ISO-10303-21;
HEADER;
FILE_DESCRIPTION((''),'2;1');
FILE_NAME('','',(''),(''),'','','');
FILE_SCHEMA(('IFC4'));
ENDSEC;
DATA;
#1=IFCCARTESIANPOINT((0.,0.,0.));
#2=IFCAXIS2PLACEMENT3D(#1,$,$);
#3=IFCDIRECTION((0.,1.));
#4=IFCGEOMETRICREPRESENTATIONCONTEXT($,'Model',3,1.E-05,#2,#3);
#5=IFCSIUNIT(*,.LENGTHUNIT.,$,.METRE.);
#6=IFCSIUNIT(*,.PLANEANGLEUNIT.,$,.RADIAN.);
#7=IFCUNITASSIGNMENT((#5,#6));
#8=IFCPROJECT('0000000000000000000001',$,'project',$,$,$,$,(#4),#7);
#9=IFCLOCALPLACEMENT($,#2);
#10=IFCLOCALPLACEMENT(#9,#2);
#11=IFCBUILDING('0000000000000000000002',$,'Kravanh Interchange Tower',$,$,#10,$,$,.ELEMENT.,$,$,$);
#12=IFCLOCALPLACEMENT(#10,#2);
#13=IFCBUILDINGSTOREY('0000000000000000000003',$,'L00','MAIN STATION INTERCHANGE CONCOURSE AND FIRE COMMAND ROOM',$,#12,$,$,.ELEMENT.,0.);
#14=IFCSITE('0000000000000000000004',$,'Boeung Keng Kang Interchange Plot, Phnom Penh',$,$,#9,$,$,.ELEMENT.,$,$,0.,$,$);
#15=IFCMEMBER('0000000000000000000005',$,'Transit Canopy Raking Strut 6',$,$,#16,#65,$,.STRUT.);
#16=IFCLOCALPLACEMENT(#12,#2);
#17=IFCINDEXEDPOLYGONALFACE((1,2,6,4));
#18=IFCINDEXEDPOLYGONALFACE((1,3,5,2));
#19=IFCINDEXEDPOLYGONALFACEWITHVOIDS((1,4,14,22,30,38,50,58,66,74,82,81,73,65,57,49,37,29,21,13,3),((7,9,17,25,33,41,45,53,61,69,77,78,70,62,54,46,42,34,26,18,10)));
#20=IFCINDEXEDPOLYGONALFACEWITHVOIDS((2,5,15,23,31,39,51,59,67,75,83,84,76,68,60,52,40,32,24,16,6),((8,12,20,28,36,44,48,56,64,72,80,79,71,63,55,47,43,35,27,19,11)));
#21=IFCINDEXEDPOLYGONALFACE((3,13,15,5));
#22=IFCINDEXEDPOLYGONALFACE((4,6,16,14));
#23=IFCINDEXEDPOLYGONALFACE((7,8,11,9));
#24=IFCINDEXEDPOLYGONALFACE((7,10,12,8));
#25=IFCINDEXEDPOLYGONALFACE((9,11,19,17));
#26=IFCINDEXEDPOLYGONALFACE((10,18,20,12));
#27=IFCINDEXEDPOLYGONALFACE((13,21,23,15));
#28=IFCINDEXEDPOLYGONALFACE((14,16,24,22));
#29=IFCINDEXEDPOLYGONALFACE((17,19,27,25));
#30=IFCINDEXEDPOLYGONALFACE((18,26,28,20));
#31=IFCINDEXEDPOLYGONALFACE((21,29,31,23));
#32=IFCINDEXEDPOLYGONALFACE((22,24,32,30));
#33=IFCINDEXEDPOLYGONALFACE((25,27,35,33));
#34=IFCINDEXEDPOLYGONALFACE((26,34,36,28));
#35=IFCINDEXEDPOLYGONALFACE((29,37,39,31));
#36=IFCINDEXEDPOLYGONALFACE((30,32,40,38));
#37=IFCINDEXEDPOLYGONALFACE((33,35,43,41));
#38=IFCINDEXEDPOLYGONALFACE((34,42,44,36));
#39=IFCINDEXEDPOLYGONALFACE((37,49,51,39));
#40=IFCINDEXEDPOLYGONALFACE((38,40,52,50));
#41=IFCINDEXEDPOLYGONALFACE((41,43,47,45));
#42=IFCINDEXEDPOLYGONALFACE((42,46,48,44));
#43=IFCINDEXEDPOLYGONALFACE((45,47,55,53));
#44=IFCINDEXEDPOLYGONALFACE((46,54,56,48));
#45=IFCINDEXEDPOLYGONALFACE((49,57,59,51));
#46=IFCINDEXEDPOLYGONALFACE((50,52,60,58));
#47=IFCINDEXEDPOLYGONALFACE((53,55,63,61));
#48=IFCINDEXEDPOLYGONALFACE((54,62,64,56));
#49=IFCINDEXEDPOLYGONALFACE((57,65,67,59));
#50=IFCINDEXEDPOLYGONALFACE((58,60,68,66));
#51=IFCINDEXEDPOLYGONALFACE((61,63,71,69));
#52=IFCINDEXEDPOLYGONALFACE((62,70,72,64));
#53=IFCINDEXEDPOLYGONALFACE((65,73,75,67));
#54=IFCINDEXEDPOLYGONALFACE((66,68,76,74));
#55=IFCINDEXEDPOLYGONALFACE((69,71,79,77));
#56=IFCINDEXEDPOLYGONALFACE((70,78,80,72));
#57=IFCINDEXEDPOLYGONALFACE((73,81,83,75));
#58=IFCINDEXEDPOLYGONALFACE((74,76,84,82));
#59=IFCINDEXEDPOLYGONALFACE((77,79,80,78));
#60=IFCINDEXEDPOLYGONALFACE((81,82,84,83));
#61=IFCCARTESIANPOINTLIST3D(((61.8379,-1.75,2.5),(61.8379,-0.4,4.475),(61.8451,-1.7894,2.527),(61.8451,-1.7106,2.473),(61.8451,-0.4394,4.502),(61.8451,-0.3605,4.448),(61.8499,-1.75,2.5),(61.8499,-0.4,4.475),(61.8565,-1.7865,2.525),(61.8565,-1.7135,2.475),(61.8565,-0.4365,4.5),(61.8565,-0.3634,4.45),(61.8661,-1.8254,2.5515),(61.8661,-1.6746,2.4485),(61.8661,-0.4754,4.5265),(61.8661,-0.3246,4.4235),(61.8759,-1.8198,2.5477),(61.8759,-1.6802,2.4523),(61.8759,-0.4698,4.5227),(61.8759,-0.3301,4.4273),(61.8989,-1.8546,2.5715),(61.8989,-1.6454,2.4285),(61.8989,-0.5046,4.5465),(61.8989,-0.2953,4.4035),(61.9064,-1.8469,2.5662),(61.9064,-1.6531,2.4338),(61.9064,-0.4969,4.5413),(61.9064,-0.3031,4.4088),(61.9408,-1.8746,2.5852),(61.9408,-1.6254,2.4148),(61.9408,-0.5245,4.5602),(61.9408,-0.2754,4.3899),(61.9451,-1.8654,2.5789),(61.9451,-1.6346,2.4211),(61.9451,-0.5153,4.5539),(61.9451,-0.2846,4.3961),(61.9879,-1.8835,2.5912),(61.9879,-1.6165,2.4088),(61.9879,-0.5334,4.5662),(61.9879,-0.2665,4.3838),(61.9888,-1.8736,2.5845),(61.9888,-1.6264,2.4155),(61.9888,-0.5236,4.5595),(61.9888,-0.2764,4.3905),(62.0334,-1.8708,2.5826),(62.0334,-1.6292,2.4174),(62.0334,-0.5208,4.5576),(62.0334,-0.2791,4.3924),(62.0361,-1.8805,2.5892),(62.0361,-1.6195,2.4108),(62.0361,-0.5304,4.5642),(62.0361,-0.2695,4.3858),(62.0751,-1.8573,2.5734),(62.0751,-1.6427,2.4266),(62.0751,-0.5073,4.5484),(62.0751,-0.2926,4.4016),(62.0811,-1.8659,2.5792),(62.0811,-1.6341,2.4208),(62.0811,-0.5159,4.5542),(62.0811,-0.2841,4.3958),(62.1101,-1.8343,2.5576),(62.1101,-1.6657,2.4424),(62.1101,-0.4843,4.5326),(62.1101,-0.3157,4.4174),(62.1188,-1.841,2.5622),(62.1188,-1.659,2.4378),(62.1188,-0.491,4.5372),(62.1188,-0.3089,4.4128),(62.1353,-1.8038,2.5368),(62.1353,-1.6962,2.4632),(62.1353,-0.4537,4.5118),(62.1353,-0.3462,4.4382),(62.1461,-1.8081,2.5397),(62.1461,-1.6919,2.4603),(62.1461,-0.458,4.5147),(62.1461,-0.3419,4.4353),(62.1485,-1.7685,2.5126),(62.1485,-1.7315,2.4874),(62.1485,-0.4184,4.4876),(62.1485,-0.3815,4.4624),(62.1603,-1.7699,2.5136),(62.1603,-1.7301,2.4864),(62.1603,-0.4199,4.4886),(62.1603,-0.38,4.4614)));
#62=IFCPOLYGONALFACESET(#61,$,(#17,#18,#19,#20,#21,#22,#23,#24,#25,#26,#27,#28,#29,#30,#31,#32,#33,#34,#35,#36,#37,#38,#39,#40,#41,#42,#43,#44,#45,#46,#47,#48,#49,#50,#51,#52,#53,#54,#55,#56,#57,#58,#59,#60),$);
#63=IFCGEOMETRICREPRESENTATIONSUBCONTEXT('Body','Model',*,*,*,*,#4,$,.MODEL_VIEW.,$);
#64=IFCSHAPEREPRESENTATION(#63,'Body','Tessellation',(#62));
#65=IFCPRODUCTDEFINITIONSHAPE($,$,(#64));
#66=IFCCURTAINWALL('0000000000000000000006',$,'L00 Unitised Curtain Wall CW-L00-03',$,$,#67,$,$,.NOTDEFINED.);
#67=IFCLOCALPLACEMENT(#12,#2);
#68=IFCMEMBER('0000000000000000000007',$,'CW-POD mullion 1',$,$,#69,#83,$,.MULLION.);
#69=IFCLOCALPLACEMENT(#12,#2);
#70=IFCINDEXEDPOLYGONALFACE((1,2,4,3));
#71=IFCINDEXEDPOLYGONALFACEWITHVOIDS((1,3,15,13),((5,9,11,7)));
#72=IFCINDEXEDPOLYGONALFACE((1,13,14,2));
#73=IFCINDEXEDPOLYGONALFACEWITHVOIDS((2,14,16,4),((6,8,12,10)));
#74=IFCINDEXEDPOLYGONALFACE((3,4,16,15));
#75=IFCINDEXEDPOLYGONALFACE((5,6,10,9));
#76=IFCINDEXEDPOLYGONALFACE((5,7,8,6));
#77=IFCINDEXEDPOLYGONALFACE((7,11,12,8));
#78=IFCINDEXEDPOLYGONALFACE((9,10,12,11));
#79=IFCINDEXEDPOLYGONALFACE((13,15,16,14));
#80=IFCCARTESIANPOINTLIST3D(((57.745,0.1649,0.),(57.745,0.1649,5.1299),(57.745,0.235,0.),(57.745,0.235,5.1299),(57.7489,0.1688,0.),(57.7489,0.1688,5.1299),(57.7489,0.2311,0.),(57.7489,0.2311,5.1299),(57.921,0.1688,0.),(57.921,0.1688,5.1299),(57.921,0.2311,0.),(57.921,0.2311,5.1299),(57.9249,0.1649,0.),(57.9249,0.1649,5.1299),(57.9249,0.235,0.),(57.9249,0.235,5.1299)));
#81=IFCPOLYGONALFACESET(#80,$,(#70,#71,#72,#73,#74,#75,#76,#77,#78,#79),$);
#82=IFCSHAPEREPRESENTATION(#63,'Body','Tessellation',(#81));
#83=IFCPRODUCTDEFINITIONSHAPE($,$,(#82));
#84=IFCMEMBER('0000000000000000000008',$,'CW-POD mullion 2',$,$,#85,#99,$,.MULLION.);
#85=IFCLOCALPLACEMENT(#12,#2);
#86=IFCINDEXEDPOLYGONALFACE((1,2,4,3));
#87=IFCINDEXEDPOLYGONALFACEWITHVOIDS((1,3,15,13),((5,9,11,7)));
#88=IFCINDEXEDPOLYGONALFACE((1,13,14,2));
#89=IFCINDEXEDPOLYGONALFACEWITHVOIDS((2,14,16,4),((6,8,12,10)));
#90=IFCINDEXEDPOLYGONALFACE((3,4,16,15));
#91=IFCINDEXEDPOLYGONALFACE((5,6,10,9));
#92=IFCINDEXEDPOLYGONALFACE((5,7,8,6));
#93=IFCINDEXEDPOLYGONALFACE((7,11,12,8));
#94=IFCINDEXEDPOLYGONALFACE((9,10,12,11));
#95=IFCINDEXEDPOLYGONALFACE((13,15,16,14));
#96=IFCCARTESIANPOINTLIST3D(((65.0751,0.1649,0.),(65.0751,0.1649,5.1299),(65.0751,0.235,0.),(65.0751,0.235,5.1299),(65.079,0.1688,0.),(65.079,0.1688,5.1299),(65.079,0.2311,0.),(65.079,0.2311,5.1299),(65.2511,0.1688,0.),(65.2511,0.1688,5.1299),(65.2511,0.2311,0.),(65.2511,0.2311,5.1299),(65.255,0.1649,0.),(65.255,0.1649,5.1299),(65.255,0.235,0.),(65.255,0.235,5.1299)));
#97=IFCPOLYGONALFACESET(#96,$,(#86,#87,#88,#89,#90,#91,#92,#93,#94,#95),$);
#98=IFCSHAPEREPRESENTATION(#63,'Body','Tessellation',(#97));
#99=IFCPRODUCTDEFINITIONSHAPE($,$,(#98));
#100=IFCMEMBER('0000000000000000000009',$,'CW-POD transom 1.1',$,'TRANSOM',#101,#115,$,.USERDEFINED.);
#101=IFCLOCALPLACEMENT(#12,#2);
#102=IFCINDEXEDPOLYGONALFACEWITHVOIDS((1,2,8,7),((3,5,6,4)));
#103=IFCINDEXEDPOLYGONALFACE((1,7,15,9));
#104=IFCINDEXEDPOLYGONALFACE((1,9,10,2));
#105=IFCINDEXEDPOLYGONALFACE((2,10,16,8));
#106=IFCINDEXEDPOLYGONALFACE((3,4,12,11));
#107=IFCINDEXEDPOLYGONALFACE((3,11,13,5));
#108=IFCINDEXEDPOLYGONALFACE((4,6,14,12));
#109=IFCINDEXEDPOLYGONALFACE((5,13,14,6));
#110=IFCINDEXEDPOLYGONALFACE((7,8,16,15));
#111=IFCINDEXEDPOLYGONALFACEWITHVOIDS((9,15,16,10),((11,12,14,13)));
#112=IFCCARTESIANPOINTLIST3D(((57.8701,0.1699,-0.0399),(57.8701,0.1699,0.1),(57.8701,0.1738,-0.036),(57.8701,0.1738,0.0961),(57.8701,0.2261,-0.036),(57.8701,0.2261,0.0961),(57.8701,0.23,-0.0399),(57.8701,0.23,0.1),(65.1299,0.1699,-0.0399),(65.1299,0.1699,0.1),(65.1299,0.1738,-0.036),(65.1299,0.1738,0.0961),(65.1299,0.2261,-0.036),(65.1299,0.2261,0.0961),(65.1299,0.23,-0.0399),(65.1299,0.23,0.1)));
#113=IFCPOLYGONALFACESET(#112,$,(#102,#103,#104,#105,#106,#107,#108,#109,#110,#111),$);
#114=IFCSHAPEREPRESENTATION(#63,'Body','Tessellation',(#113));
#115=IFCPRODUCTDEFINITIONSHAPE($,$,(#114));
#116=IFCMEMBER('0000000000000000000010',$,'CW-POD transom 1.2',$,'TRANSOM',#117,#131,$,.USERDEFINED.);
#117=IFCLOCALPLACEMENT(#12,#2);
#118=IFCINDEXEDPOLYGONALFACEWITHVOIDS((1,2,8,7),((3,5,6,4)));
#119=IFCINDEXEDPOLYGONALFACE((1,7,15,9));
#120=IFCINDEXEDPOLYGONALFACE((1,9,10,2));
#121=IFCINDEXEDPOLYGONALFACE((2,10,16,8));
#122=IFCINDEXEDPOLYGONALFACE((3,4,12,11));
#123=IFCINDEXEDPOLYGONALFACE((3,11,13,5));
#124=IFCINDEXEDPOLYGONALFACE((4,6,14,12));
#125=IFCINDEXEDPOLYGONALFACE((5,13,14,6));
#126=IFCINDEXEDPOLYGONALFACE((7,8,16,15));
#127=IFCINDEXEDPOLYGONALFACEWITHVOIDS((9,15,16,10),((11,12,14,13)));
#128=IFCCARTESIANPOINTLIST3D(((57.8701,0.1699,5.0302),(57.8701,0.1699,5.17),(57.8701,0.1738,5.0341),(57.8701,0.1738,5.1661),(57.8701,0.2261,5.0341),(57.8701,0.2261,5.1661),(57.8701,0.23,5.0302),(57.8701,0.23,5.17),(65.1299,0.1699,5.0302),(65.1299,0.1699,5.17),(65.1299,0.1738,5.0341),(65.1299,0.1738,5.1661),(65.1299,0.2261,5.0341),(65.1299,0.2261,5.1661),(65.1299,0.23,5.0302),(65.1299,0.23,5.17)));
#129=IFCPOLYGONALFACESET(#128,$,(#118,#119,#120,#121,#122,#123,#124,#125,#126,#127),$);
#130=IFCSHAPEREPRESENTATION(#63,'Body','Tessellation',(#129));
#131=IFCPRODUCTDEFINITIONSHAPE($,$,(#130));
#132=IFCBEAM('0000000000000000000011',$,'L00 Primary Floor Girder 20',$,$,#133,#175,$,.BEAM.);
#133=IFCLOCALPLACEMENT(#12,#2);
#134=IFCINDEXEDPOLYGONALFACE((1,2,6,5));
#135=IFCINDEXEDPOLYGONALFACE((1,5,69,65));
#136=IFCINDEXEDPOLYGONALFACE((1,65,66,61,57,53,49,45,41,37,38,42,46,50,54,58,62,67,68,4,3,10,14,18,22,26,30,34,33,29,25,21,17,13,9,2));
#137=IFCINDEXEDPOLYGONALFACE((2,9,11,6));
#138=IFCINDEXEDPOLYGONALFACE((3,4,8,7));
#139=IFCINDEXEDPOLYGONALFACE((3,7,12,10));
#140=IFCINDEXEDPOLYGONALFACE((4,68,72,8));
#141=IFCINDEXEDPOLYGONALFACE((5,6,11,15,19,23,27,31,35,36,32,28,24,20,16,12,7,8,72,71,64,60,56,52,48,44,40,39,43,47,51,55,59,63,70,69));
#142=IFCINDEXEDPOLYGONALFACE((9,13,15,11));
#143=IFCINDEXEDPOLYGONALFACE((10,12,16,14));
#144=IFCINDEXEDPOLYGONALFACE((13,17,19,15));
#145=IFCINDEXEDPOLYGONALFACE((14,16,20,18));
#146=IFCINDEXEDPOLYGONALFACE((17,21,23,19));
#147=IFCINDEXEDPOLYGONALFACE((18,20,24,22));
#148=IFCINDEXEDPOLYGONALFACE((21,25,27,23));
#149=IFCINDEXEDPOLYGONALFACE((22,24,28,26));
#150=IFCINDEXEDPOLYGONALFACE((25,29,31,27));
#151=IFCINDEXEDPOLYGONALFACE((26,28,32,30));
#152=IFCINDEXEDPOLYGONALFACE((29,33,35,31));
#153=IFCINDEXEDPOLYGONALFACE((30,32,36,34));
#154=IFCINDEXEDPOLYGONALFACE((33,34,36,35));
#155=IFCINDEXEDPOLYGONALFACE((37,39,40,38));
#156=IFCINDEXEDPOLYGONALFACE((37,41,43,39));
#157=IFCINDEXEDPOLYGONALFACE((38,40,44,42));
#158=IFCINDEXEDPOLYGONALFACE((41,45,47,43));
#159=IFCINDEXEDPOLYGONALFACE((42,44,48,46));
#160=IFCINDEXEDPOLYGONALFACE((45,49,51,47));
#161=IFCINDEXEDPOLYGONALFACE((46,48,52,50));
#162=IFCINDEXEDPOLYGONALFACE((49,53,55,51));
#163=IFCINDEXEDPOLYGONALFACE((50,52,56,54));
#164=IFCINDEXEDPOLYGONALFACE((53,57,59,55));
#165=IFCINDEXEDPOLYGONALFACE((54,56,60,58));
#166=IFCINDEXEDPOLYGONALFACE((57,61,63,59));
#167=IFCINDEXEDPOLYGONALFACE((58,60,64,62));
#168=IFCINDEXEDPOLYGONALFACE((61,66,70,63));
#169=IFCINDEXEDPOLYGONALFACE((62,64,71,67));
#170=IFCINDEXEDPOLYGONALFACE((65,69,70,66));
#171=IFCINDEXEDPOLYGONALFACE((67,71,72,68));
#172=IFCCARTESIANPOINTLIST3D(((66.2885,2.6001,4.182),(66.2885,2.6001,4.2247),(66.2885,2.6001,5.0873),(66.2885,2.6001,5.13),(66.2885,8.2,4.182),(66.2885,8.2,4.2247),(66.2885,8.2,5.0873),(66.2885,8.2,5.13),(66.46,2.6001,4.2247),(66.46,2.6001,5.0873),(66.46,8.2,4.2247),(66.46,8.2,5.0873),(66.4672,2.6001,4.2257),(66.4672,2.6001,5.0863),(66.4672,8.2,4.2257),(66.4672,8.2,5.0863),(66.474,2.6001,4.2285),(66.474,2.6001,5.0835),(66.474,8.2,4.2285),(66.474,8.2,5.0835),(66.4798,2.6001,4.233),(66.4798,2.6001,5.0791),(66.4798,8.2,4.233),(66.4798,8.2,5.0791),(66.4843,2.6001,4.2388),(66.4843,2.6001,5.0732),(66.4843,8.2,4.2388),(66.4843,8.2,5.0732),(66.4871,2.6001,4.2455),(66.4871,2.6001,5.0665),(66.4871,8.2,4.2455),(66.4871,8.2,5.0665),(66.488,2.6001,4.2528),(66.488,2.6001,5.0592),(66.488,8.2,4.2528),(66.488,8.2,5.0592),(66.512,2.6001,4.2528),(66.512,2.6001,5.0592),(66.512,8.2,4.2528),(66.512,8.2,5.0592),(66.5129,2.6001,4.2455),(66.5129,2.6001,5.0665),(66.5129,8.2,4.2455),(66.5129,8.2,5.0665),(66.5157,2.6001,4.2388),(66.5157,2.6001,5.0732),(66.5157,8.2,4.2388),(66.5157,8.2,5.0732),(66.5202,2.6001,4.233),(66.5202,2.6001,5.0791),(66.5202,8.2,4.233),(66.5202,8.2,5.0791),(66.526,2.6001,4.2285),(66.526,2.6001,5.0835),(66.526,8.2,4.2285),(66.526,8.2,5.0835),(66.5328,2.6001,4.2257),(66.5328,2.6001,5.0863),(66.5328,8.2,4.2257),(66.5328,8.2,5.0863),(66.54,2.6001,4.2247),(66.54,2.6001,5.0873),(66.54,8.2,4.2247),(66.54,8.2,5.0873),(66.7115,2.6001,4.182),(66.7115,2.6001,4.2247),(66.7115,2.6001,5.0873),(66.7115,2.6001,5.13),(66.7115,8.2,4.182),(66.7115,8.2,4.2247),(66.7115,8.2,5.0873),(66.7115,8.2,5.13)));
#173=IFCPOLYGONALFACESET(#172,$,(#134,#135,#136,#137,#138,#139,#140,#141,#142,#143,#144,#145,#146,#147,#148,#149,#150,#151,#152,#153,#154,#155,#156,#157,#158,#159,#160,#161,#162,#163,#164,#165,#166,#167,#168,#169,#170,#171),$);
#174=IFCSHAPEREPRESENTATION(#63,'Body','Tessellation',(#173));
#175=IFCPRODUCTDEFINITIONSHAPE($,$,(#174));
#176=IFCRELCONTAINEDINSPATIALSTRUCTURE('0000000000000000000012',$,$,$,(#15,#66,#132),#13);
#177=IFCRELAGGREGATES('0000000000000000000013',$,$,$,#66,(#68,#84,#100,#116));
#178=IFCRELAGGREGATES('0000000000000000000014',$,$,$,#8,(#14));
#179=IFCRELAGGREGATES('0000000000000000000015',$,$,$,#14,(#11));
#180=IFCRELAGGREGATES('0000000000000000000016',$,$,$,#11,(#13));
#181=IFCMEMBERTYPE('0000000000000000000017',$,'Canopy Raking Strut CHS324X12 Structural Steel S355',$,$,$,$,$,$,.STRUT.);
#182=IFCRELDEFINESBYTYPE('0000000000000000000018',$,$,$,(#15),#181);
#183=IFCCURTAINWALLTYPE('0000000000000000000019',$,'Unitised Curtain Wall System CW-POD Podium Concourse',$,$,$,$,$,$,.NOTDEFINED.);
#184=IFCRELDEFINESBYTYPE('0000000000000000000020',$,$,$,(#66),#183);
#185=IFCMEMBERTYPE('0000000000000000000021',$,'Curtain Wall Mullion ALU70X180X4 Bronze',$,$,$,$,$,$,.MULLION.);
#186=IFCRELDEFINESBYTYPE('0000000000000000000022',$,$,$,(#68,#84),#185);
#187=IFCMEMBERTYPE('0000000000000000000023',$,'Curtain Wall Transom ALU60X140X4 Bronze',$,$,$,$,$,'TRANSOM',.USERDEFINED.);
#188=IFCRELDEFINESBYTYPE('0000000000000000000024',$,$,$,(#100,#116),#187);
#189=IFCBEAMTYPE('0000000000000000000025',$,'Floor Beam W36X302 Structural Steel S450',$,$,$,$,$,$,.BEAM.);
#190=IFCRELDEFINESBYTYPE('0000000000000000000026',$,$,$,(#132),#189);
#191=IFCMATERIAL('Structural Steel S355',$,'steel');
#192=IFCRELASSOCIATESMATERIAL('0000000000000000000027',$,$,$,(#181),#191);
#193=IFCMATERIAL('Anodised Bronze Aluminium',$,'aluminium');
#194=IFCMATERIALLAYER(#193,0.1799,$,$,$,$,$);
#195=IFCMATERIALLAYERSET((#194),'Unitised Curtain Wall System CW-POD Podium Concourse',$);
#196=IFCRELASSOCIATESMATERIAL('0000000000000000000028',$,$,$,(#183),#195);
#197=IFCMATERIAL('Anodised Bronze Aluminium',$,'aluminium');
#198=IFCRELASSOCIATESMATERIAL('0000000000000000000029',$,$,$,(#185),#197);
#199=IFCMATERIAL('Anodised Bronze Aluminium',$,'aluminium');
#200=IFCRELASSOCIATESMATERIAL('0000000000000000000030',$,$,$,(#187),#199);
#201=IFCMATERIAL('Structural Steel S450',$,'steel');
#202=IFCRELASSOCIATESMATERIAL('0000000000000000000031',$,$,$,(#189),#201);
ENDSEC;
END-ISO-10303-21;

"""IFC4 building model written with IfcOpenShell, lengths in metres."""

from ifc_helpers import new_model, si_unit, direction, frame, origin, origin_2d, place, context, subcontext, project, spatial, hollow_rectangle, hollow_circle, i_section, extrude, material, layer, layer_set, material_profile, profile_set, type_object, element, aggregate, save


model = new_model("IFC4")

# Units and contexts
model_context = context("Model", 3, precision=1e-05, world=origin(), true_north=direction((0.0, 1.0)))
body_context = subcontext(model_context, "Body", "Model", "MODEL_VIEW")
ifc_project = project(units=[si_unit("LENGTHUNIT", "METRE"), si_unit("PLANEANGLEUNIT", "RADIAN")], contexts=[model_context])

# Site, building, storey
site_placement = place(None, origin())
site = spatial("IfcSite", under=ifc_project, at=site_placement, Name="Boeung Keng Kang Interchange Plot, Phnom Penh", CompositionType="ELEMENT", RefElevation=0.0)
building_placement = place(site_placement, origin())
building = spatial("IfcBuilding", under=site, at=building_placement, Name="Kravanh Interchange Tower", CompositionType="ELEMENT")
storey_placement = place(building_placement, origin())
storey = spatial("IfcBuildingStorey", under=building, at=storey_placement, Name="L00", Description="MAIN STATION INTERCHANGE CONCOURSE AND FIRE COMMAND ROOM", CompositionType="ELEMENT", Elevation=0.0)

# Member
ifc_material_1 = material(Name="Structural Steel S355", Category="steel")
ifc_material_profile_1 = material_profile(ifc_material_1, hollow_circle(Radius=0.1621, WallThickness=0.012, at=origin_2d()), Name="CHS324X12")
ifc_profile_set_1 = profile_set([ifc_material_profile_1], Name="Structural Steel S355")
member_type_1 = type_object("IfcMemberType", Name="Canopy Raking Strut CHS324X12 Structural Steel S355", PredefinedType="STRUT", material=ifc_profile_set_1)
member_1_placement = place(storey_placement, frame((62.0, -1.75, 2.5), z_axis=(0.0, 0.564318, 0.825557), x_axis=(-1.0, 0.0, 0.0)))
element("IfcMember", 1, at=member_1_placement, inside=storey, type_object=member_type_1, Name="Transit Canopy Raking Strut 6", PredefinedType="STRUT", context=body_context, shape_type="SweptSolid", body=[
    extrude(hollow_circle(Radius=0.1621, WallThickness=0.012, at=origin_2d()), origin(), (0.0, 0.0, 1.0), 2.3923),
])

# Curtain wall, members
ifc_material_2 = material(Name="Anodised Bronze Aluminium", Category="aluminium")
ifc_layer_1 = layer(ifc_material_2, 0.1799)
ifc_layer_set_1 = layer_set([ifc_layer_1], Name="Unitised Curtain Wall System CW-POD Podium Concourse")
curtain_wall_type = type_object("IfcCurtainWallType", Name="Unitised Curtain Wall System CW-POD Podium Concourse", PredefinedType="NOTDEFINED", material=ifc_layer_set_1)
curtain_wall_placement = place(storey_placement, origin())
curtain_wall = element("IfcCurtainWall", 2, at=curtain_wall_placement, inside=storey, type_object=curtain_wall_type, Name="L00 Unitised Curtain Wall CW-L00-03", PredefinedType="NOTDEFINED")
ifc_material_3 = material(Name="Anodised Bronze Aluminium", Category="aluminium")
ifc_material_profile_2 = material_profile(ifc_material_3, hollow_rectangle(XDim=0.0701, YDim=0.1799, WallThickness=0.0039, at=origin_2d()), Name="ALU70X180X4")
ifc_profile_set_2 = profile_set([ifc_material_profile_2], Name="Anodised Bronze Aluminium")
member_type_2 = type_object("IfcMemberType", Name="Curtain Wall Mullion ALU70X180X4 Bronze", PredefinedType="MULLION", material=ifc_profile_set_2)
member_2_placement = place(storey_placement, frame((57.835, 0.2, 0.0), z_axis=(0.0, 0.0, 1.0), x_axis=(0.0, 1.0, 0.0)))
member_2 = element("IfcMember", 3, at=member_2_placement, type_object=member_type_2, Name="CW-POD mullion 1", PredefinedType="MULLION", context=body_context, shape_type="SweptSolid", body=[
    extrude(hollow_rectangle(XDim=0.0701, YDim=0.1799, WallThickness=0.0039, at=origin_2d()), origin(), (0.0, 0.0, 1.0), 5.1299),
])
member_3_placement = place(storey_placement, frame((65.165, 0.2, 0.0), z_axis=(0.0, 0.0, 1.0), x_axis=(0.0, 1.0, 0.0)))
member_3 = element("IfcMember", 4, at=member_3_placement, type_object=member_type_2, Name="CW-POD mullion 2", PredefinedType="MULLION", context=body_context, shape_type="SweptSolid", body=[
    extrude(hollow_rectangle(XDim=0.0701, YDim=0.1799, WallThickness=0.0039, at=origin_2d()), origin(), (0.0, 0.0, 1.0), 5.1299),
])
ifc_material_4 = material(Name="Anodised Bronze Aluminium", Category="aluminium")
ifc_material_profile_3 = material_profile(ifc_material_4, hollow_rectangle(XDim=0.0601, YDim=0.1399, WallThickness=0.0039, at=origin_2d()), Name="ALU60X140X4")
ifc_profile_set_3 = profile_set([ifc_material_profile_3], Name="Anodised Bronze Aluminium")
member_type_3 = type_object("IfcMemberType", Name="Curtain Wall Transom ALU60X140X4 Bronze", ElementType="TRANSOM", PredefinedType="USERDEFINED", material=ifc_profile_set_3)
member_4_placement = place(storey_placement, frame((57.8701, 0.2, 0.03), z_axis=(1.0, 0.0, 0.0), x_axis=(0.0, 1.0, 0.0)))
member_4 = element("IfcMember", 5, at=member_4_placement, type_object=member_type_3, Name="CW-POD transom 1.1", ObjectType="TRANSOM", PredefinedType="USERDEFINED", context=body_context, shape_type="SweptSolid", body=[
    extrude(hollow_rectangle(XDim=0.0601, YDim=0.1399, WallThickness=0.0039, at=origin_2d()), origin(), (0.0, 0.0, 1.0), 7.2598),
])
member_5_placement = place(storey_placement, frame((57.8701, 0.2, 5.1001), z_axis=(1.0, 0.0, 0.0), x_axis=(0.0, 1.0, 0.0)))
member_5 = element("IfcMember", 6, at=member_5_placement, type_object=member_type_3, Name="CW-POD transom 1.2", ObjectType="TRANSOM", PredefinedType="USERDEFINED", context=body_context, shape_type="SweptSolid", body=[
    extrude(hollow_rectangle(XDim=0.0601, YDim=0.1399, WallThickness=0.0039, at=origin_2d()), origin(), (0.0, 0.0, 1.0), 7.2598),
])

# Beam
ifc_material_5 = material(Name="Structural Steel S450", Category="steel")
ifc_material_profile_4 = material_profile(ifc_material_5, i_section(OverallWidth=0.4231, OverallDepth=0.948, WebThickness=0.0239, FlangeThickness=0.0427, FilletRadius=0.0281, at=origin_2d()), Name="W36X302")
ifc_profile_set_4 = profile_set([ifc_material_profile_4], Name="Structural Steel S450")
beam_type_1 = type_object("IfcBeamType", Name="Floor Beam W36X302 Structural Steel S450", PredefinedType="BEAM", material=ifc_profile_set_4)
beam_1_placement = place(storey_placement, frame((66.5, 2.6001, 4.656), z_axis=(0.0, 1.0, 0.0), x_axis=(-1.0, 0.0, 0.0)))
element("IfcBeam", 7, at=beam_1_placement, inside=storey, type_object=beam_type_1, Name="L00 Primary Floor Girder 20", PredefinedType="BEAM", context=body_context, shape_type="SweptSolid", body=[
    extrude(i_section(OverallWidth=0.4231, OverallDepth=0.948, WebThickness=0.0239, FlangeThickness=0.0427, FilletRadius=0.0281, at=origin_2d()), origin(), (0.0, 0.0, 1.0), 5.5999),
])

aggregate(curtain_wall, [member_2, member_3, member_4, member_5])

save(model, "model.ifc")
